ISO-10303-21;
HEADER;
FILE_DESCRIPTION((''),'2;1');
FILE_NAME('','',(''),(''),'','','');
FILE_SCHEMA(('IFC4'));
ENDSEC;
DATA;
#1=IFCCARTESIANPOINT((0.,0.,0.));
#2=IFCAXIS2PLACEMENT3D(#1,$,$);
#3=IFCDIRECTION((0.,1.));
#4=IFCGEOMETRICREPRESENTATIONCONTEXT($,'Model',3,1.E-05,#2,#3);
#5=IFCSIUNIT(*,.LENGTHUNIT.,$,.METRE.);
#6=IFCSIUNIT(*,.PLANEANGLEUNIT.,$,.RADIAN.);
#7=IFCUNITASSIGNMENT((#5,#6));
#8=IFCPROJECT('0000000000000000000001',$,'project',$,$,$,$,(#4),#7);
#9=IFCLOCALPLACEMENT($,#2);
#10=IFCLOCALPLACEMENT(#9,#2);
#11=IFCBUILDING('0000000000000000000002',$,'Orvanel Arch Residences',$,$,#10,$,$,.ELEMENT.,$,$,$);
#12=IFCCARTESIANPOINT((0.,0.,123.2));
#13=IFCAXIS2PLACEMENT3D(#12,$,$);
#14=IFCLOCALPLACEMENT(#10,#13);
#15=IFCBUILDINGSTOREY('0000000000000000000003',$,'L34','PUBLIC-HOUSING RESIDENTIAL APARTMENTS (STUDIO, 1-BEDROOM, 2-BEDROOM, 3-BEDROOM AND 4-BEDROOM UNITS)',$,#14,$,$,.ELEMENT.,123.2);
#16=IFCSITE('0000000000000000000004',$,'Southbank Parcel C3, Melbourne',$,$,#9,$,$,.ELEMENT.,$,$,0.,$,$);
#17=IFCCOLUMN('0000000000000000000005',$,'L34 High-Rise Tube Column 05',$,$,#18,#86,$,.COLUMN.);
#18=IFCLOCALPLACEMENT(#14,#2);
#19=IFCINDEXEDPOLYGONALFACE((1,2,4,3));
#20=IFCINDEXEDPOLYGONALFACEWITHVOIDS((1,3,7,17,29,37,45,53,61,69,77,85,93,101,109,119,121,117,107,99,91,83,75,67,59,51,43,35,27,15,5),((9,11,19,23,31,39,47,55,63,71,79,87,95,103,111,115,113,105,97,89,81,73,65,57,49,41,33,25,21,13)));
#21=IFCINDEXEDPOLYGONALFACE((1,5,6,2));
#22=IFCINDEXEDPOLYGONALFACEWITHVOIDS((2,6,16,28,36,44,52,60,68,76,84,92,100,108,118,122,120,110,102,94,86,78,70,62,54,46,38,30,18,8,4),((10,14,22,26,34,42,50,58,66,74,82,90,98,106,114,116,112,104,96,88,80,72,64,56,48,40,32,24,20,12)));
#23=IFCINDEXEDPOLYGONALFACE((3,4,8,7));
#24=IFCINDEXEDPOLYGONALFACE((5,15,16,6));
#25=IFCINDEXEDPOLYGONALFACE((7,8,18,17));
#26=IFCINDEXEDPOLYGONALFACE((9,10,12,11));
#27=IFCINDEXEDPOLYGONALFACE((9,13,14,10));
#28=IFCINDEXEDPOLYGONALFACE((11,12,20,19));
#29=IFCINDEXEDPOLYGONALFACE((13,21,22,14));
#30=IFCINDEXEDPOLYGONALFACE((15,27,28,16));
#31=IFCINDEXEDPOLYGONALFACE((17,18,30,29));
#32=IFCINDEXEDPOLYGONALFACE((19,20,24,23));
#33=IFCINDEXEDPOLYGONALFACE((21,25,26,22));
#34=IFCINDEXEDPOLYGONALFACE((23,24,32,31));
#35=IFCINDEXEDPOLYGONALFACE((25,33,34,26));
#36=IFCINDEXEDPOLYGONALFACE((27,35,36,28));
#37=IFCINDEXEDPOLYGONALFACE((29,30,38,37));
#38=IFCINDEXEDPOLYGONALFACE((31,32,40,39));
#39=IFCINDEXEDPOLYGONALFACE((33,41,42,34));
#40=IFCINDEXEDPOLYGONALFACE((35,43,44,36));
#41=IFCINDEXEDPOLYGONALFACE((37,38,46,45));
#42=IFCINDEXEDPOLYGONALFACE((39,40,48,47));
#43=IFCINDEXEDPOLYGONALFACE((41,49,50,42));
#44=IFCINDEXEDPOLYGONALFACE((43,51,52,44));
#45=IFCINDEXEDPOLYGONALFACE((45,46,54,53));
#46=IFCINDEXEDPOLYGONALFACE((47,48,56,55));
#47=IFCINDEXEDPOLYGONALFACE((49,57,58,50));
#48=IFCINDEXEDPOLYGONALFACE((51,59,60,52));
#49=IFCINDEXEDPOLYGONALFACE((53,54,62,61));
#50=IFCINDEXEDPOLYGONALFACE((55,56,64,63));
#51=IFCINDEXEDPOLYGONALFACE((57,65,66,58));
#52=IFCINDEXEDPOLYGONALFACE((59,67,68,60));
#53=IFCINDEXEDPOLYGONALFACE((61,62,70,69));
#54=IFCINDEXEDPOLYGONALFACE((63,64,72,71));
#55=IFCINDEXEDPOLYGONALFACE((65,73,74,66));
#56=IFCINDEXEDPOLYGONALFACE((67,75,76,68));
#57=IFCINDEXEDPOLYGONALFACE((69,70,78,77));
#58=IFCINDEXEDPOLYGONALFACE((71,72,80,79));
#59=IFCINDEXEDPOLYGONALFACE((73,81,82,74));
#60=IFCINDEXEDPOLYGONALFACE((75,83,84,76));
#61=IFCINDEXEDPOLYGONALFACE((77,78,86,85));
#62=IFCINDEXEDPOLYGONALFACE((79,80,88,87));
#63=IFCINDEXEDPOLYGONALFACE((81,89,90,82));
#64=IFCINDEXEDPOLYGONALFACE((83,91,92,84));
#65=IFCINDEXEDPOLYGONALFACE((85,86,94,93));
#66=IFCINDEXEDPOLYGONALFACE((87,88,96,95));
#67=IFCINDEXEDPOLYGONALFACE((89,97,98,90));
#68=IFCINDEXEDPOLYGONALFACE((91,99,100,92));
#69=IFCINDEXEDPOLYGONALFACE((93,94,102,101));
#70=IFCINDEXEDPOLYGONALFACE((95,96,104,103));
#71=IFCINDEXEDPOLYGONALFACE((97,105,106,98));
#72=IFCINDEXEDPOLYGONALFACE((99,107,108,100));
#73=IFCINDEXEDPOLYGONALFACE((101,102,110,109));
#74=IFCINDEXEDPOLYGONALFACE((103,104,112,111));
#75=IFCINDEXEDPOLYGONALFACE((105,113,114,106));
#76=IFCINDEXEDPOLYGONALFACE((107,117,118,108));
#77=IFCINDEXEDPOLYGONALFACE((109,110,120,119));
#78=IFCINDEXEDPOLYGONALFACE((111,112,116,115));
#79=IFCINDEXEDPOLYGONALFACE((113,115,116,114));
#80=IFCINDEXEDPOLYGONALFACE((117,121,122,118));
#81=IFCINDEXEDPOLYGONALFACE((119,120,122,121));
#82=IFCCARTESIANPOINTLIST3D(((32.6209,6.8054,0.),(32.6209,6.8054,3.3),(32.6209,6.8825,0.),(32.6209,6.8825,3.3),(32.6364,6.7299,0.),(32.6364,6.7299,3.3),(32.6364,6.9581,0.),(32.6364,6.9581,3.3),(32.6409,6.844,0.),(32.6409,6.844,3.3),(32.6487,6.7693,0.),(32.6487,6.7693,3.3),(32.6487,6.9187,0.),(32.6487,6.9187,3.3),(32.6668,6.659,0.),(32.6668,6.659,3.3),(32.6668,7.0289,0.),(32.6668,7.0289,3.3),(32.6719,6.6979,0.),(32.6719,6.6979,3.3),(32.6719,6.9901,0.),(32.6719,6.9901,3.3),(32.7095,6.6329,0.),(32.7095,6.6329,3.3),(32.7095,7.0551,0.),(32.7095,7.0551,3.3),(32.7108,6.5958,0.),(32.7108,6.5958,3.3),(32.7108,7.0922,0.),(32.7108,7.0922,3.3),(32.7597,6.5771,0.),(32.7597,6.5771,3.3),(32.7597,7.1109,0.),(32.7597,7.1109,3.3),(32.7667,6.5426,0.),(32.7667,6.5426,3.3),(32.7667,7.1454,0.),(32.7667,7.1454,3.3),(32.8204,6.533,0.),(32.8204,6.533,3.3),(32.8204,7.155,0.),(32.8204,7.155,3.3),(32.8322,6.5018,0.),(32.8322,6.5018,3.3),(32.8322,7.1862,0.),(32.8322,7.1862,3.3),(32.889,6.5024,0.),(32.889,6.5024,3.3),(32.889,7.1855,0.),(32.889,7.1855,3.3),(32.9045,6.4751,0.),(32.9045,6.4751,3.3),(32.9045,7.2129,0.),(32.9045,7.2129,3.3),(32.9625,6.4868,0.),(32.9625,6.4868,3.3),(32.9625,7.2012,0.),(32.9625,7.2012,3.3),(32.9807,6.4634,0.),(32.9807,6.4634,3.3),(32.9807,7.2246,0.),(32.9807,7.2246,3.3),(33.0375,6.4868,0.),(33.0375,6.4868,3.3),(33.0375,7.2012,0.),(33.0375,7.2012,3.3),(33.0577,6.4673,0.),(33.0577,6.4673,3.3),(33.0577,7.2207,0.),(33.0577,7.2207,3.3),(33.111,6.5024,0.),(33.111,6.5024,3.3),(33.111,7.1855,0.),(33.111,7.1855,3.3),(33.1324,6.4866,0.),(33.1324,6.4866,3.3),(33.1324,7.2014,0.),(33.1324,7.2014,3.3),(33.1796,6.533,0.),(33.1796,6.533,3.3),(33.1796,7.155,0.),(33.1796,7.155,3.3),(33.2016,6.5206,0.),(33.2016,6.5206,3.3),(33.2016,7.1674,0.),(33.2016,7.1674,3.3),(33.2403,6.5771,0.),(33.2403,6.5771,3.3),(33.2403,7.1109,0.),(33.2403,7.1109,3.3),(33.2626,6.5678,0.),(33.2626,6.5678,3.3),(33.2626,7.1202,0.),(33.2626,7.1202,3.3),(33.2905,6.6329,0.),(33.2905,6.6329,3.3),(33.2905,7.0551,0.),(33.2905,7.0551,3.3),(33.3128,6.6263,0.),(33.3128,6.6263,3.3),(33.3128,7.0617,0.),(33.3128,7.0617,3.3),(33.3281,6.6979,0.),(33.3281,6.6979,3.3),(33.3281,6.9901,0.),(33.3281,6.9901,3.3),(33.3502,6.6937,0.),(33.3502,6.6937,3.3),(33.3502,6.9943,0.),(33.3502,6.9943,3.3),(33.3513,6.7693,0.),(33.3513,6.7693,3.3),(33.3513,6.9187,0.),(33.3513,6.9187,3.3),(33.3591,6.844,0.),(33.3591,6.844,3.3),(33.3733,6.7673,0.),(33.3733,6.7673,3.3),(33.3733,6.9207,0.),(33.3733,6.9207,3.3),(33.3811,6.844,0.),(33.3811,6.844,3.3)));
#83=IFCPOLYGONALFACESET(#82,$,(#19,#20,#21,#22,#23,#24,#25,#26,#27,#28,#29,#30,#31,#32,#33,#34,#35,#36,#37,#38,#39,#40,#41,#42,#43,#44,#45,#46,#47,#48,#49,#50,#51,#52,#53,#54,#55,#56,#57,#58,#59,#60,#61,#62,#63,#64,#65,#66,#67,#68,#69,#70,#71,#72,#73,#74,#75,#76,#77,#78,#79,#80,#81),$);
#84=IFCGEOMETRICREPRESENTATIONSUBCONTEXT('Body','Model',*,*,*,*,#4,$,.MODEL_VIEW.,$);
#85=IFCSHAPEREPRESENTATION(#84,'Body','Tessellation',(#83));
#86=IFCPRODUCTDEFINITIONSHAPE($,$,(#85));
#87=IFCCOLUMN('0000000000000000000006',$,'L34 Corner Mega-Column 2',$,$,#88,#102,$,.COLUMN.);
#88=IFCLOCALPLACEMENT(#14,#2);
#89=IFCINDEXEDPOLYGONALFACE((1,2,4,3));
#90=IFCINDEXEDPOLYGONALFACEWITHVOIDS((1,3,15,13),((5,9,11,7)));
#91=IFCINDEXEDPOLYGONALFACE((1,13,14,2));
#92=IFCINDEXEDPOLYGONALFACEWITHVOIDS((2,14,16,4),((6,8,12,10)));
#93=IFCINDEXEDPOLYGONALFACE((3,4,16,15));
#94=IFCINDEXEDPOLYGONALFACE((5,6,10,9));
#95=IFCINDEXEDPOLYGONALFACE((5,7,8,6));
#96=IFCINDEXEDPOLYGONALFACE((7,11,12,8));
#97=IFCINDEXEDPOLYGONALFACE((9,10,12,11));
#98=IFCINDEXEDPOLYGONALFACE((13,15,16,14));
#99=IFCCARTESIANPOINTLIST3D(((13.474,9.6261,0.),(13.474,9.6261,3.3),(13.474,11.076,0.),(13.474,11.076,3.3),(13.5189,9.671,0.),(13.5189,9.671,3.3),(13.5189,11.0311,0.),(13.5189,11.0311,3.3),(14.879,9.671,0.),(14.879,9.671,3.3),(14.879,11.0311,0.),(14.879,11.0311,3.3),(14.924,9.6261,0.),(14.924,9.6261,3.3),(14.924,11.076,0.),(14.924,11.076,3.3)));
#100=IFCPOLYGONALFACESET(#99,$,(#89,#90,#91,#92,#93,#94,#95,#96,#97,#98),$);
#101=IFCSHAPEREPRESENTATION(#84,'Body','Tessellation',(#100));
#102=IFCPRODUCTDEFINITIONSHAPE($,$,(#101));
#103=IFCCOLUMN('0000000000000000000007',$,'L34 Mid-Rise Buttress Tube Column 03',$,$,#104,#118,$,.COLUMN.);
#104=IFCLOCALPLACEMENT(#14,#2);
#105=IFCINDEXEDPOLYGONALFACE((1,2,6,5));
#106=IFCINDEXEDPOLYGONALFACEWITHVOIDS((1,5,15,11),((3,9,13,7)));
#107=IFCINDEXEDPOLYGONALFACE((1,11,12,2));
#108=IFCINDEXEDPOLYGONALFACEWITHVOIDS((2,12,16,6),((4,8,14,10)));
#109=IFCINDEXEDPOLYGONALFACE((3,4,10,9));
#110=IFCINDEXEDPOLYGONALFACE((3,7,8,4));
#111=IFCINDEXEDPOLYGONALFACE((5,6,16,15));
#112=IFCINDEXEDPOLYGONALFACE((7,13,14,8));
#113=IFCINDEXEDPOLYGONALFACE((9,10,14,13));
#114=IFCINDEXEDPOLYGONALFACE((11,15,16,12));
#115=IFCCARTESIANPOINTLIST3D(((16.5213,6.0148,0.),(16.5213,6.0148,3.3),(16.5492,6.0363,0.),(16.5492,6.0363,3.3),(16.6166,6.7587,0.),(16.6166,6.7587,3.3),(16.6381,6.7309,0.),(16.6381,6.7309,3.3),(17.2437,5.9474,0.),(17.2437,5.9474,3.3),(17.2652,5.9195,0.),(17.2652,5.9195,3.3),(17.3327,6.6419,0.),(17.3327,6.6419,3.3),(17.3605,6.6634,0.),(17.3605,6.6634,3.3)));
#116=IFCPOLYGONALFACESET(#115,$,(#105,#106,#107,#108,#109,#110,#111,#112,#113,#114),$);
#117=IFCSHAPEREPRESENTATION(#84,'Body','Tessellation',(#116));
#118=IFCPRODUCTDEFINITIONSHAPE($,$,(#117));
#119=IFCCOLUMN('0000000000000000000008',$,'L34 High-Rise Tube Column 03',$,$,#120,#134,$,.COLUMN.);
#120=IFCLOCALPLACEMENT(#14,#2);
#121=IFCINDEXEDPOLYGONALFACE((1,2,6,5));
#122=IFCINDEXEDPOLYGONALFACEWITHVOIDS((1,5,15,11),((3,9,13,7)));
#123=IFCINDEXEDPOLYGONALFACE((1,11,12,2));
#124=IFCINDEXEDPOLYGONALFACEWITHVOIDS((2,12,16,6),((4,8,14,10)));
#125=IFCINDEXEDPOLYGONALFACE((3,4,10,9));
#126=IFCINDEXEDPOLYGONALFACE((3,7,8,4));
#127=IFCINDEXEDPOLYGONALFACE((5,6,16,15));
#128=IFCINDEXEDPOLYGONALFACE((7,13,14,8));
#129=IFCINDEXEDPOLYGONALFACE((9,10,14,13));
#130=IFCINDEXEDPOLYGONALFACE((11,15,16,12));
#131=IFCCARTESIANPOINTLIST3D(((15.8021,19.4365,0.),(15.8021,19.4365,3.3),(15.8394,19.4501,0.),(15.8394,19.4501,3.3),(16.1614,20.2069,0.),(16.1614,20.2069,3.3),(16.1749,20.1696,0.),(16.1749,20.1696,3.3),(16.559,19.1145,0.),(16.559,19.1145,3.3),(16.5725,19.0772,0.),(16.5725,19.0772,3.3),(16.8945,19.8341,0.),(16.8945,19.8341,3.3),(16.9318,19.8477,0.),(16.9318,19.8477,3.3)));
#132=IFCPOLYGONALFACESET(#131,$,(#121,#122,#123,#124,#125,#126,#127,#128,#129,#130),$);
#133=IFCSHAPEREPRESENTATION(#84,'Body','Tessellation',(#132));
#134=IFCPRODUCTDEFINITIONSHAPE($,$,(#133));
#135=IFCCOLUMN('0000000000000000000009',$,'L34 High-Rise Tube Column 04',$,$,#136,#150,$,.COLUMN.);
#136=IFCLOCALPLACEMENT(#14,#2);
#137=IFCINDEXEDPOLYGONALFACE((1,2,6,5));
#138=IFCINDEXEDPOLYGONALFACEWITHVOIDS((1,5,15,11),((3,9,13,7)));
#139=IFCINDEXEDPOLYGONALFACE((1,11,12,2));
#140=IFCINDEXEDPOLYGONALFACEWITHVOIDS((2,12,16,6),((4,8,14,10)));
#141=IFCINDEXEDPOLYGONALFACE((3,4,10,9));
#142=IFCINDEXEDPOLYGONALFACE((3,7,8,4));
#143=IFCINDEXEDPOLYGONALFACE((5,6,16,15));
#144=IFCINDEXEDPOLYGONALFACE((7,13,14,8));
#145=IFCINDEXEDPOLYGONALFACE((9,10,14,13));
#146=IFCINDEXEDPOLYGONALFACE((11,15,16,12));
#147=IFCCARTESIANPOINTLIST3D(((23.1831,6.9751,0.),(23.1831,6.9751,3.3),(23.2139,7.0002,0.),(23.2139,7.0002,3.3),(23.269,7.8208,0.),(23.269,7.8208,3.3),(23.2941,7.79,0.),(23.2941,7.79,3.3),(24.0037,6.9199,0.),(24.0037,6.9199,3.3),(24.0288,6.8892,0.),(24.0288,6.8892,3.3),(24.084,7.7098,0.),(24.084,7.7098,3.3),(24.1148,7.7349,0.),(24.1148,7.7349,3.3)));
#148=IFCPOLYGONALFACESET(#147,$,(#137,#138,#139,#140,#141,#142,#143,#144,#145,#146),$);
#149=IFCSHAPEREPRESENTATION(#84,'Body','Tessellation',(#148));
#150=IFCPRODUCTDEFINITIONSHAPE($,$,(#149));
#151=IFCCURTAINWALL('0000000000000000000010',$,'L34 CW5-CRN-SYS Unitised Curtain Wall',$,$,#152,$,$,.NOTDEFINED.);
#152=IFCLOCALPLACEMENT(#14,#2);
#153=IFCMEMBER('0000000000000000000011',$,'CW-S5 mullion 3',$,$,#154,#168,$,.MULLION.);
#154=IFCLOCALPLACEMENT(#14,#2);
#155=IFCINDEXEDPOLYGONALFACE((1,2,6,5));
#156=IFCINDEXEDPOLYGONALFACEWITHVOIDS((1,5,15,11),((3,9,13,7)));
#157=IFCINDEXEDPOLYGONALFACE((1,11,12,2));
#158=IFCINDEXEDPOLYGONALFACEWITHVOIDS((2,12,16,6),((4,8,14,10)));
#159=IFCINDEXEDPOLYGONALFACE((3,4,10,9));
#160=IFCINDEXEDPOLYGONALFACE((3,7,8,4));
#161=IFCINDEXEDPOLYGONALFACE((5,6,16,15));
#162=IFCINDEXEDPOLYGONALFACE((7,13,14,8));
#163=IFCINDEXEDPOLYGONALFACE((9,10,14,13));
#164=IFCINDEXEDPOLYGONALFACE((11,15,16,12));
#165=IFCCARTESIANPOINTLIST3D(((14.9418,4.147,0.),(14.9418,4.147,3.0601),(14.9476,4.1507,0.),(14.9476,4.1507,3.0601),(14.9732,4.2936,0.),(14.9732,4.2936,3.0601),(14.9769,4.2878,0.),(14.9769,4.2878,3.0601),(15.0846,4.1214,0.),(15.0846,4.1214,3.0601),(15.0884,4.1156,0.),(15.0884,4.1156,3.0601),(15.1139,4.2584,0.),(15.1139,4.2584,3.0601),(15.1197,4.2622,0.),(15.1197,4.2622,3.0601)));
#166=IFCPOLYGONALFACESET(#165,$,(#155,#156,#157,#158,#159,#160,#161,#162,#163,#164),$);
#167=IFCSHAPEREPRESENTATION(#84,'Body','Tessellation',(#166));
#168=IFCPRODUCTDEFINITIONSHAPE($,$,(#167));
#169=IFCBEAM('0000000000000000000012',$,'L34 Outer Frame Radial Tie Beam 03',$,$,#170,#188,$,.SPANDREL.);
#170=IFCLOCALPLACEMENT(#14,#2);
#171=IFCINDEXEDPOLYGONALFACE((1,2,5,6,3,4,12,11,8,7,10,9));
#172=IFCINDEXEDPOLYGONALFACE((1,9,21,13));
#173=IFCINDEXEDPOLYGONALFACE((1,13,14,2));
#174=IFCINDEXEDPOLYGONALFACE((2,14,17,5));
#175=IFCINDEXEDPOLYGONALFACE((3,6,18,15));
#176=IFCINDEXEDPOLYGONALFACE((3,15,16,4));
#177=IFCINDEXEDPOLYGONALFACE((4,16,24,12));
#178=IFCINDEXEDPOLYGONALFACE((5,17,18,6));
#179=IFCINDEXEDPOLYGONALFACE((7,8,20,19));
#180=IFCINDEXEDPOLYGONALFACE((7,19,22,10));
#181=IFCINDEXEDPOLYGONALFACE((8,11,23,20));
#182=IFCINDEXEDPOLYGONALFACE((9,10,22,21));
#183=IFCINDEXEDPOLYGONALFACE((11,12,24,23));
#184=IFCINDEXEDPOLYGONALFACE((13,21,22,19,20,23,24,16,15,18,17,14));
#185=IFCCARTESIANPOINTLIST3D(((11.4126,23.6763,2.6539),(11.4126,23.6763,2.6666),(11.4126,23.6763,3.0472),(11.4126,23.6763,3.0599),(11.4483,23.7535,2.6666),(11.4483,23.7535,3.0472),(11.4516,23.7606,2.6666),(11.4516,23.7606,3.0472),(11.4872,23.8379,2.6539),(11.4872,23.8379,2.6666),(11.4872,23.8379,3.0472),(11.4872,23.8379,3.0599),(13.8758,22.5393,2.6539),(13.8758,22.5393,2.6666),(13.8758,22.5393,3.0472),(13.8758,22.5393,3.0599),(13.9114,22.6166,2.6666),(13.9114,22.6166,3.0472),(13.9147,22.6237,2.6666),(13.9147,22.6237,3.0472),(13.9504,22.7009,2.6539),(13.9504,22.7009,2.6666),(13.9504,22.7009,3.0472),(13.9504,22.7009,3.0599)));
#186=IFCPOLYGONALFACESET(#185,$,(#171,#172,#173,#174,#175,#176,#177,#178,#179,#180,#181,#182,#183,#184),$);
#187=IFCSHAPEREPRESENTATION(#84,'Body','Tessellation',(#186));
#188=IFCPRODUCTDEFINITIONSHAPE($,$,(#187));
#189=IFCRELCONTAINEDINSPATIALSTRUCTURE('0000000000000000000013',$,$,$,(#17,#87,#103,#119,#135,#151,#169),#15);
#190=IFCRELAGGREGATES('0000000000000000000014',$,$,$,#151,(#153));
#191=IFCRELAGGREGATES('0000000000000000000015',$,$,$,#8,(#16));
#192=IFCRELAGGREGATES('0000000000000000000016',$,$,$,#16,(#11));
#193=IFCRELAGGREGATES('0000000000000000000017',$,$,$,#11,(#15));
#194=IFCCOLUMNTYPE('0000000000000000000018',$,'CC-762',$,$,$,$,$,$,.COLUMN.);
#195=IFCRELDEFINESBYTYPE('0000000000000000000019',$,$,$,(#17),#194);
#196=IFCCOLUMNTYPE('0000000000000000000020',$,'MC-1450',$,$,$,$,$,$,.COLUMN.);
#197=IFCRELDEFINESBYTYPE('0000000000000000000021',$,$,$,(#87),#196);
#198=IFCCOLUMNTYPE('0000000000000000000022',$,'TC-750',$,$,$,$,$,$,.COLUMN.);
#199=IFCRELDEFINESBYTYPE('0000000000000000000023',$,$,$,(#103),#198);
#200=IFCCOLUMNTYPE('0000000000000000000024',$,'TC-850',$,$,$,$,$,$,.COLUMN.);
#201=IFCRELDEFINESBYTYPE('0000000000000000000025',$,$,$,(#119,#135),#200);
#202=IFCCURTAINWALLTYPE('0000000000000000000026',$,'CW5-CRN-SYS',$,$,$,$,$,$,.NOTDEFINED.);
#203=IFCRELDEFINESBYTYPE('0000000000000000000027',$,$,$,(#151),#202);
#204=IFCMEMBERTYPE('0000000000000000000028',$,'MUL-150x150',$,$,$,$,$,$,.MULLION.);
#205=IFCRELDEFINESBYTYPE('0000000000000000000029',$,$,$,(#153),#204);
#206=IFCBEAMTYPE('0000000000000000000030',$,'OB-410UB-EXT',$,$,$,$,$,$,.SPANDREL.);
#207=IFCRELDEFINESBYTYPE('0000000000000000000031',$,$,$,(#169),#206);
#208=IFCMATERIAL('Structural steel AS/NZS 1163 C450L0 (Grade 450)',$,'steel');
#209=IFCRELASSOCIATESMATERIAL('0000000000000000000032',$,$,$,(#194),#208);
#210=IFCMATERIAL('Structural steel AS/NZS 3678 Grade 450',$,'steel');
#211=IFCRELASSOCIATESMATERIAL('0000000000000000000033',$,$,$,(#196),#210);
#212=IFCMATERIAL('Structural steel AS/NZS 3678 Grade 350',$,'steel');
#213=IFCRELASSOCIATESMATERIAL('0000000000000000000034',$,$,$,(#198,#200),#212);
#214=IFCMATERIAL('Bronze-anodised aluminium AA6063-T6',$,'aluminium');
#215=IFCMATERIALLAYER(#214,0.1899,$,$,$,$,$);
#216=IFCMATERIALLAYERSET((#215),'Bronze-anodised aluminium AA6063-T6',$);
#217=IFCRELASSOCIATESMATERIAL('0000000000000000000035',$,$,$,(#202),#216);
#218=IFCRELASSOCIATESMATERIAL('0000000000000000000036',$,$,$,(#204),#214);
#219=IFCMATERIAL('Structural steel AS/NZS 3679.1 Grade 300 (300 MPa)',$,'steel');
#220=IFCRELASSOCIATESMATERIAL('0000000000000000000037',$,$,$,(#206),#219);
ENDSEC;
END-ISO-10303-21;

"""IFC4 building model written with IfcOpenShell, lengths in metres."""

from ifc_helpers import new_model, si_unit, direction, frame, origin, origin_2d, place, context, subcontext, project, spatial, hollow_rectangle, hollow_circle, i_section, extrude, material, layer, layer_set, material_profile, profile_set, type_object, element, aggregate, save


model = new_model("IFC4")

# Units and contexts
model_context = context("Model", 3, precision=1e-05, world=origin(), true_north=direction((0.0, 1.0)))
body_context = subcontext(model_context, "Body", "Model", "MODEL_VIEW")
ifc_project = project(units=[si_unit("LENGTHUNIT", "METRE"), si_unit("PLANEANGLEUNIT", "RADIAN")], contexts=[model_context])

# Site, building, storey
site_placement = place(None, origin())
site = spatial("IfcSite", under=ifc_project, at=site_placement, Name="Southbank Parcel C3, Melbourne", CompositionType="ELEMENT", RefElevation=0.0)
building_placement = place(site_placement, origin())
building = spatial("IfcBuilding", under=site, at=building_placement, Name="Orvanel Arch Residences", CompositionType="ELEMENT")
storey_placement = place(building_placement, frame((0.0, 0.0, 123.2)))
storey = spatial("IfcBuildingStorey", under=building, at=storey_placement, Name="L34", Description="PUBLIC-HOUSING RESIDENTIAL APARTMENTS (STUDIO, 1-BEDROOM, 2-BEDROOM, 3-BEDROOM AND 4-BEDROOM UNITS)", CompositionType="ELEMENT", Elevation=123.2)

# Columns
ifc_material_1 = material(Name="Structural steel AS/NZS 1163 C450L0 (Grade 450)", Category="steel")
ifc_material_profile_1 = material_profile(ifc_material_1, hollow_circle(Radius=0.3811, WallThickness=0.022, at=origin_2d()), Name="CHS762x22")
ifc_profile_set_1 = profile_set([ifc_material_profile_1], Name="Structural steel AS/NZS 1163 C450L0 (Grade 450)")
column_type_1 = type_object("IfcColumnType", Name="CC-762", PredefinedType="COLUMN", material=ifc_profile_set_1)
column_1_placement = place(storey_placement, frame((33.0, 6.844, 0.0), z_axis=(0.0, 0.0, 1.0), x_axis=(1.0, 0.0, 0.0)))
element("IfcColumn", 1, at=column_1_placement, inside=storey, type_object=column_type_1, Name="L34 High-Rise Tube Column 05", PredefinedType="COLUMN", context=body_context, shape_type="SweptSolid", body=[
    extrude(hollow_circle(Radius=0.3811, WallThickness=0.022, at=origin_2d()), origin(), (0.0, 0.0, 1.0), 3.3),
])
ifc_material_2 = material(Name="Structural steel AS/NZS 3678 Grade 450", Category="steel")
ifc_material_profile_2 = material_profile(ifc_material_2, hollow_rectangle(XDim=1.45, YDim=1.45, WallThickness=0.0449, at=origin_2d()), Name="BOX1450x1450x45")
ifc_profile_set_2 = profile_set([ifc_material_profile_2], Name="Structural steel AS/NZS 3678 Grade 450")
column_type_2 = type_object("IfcColumnType", Name="MC-1450", PredefinedType="COLUMN", material=ifc_profile_set_2)
column_2_placement = place(storey_placement, frame((14.199, 10.3511, 0.0), z_axis=(0.0, 0.0, 1.0), x_axis=(1.0, 0.0, 0.0)))
element("IfcColumn", 2, at=column_2_placement, inside=storey, type_object=column_type_2, Name="L34 Corner Mega-Column 2", PredefinedType="COLUMN", context=body_context, shape_type="SweptSolid", body=[
    extrude(hollow_rectangle(XDim=1.45, YDim=1.45, WallThickness=0.0449, at=origin_2d()), origin(), (0.0, 0.0, 1.0), 3.3),
])
ifc_material_3 = material(Name="Structural steel AS/NZS 3678 Grade 350", Category="steel")
ifc_material_profile_3 = material_profile(ifc_material_3, hollow_rectangle(XDim=0.75, YDim=0.75, WallThickness=0.0249, at=origin_2d()), Name="BOX750x750x25")
ifc_profile_set_3 = profile_set([ifc_material_profile_3], Name="Structural steel AS/NZS 3678 Grade 350")
column_type_3 = type_object("IfcColumnType", Name="TC-750", PredefinedType="COLUMN", material=ifc_profile_set_3)
column_3_placement = place(storey_placement, frame((16.9409, 6.3391, 0.0), z_axis=(0.0, 0.0, 1.0), x_axis=(-0.991894, 0.127065, 0.0)))
element("IfcColumn", 3, at=column_3_placement, inside=storey, type_object=column_type_3, Name="L34 Mid-Rise Buttress Tube Column 03", PredefinedType="COLUMN", context=body_context, shape_type="SweptSolid", body=[
    extrude(hollow_rectangle(XDim=0.75, YDim=0.75, WallThickness=0.0249, at=origin_2d()), origin(), (0.0, 0.0, 1.0), 3.3),
])
ifc_material_profile_4 = material_profile(ifc_material_3, hollow_rectangle(XDim=0.8501, YDim=0.8501, WallThickness=0.0281, at=origin_2d()), Name="BOX850x850x28")
ifc_profile_set_4 = profile_set([ifc_material_profile_4], Name="Structural steel AS/NZS 3678 Grade 350")
column_type_4 = type_object("IfcColumnType", Name="TC-850", PredefinedType="COLUMN", material=ifc_profile_set_4)
for number, where, z_axis, x_axis, name in (
    (4, (16.3669, 19.6421, 0.0), (0.0, 0.0, 1.0), (0.422618, 0.906308, 0.0), "L34 High-Rise Tube Column 03"),
    (5, (23.6489, 7.355, 0.0), (0.0, 0.0, 1.0), (-0.994881, 0.101056, 0.0), "L34 High-Rise Tube Column 04"),
):
    element("IfcColumn", number, at=place(storey_placement, frame(where, z_axis=z_axis, x_axis=x_axis)), inside=storey, type_object=column_type_4, Name=name, PredefinedType="COLUMN", context=body_context, shape_type="SweptSolid", body=[
        extrude(hollow_rectangle(XDim=0.8501, YDim=0.8501, WallThickness=0.0281, at=origin_2d()), origin(), (0.0, 0.0, 1.0), 3.3),
    ])

# Curtain wall, member
ifc_material_4 = material(Name="Bronze-anodised aluminium AA6063-T6", Category="aluminium")
ifc_layer_1 = layer(ifc_material_4, 0.1899)
ifc_layer_set_1 = layer_set([ifc_layer_1], Name="Bronze-anodised aluminium AA6063-T6")
curtain_wall_type = type_object("IfcCurtainWallType", Name="CW5-CRN-SYS", PredefinedType="NOTDEFINED", material=ifc_layer_set_1)
curtain_wall_placement = place(storey_placement, origin())
curtain_wall = element("IfcCurtainWall", 6, at=curtain_wall_placement, inside=storey, type_object=curtain_wall_type, Name="L34 CW5-CRN-SYS Unitised Curtain Wall", PredefinedType="NOTDEFINED")
ifc_material_profile_5 = material_profile(ifc_material_4, hollow_rectangle(XDim=0.1499, YDim=0.1499, WallThickness=0.0049, at=origin_2d()), Name="ALU150x150x5")
ifc_profile_set_5 = profile_set([ifc_material_profile_5], Name="Bronze-anodised aluminium AA6063-T6")
member_type = type_object("IfcMemberType", Name="MUL-150x150", PredefinedType="MULLION", material=ifc_profile_set_5)
member_placement = place(storey_placement, frame((15.0308, 4.2046, 0.0), z_axis=(0.0, 0.0, 1.0), x_axis=(0.20927, 0.977858, 0.0)))
member = element("IfcMember", 7, at=member_placement, type_object=member_type, Name="CW-S5 mullion 3", PredefinedType="MULLION", context=body_context, shape_type="SweptSolid", body=[
    extrude(hollow_rectangle(XDim=0.1499, YDim=0.1499, WallThickness=0.0049, at=origin_2d()), origin(), (0.0, 0.0, 1.0), 3.0601),
])

# Beam
ifc_material_5 = material(Name="Structural steel AS/NZS 3679.1 Grade 300 (300 MPa)", Category="steel")
ifc_material_profile_6 = material_profile(ifc_material_5, i_section(OverallWidth=0.178, OverallDepth=0.406, WebThickness=0.0078, FlangeThickness=0.0127, at=origin_2d()), Name="410UB59.7")
ifc_profile_set_6 = profile_set([ifc_material_profile_6], Name="Structural steel AS/NZS 3679.1 Grade 300 (300 MPa)")
beam_type_1 = type_object("IfcBeamType", Name="OB-410UB-EXT", PredefinedType="SPANDREL", material=ifc_profile_set_6)
beam_1_placement = place(storey_placement, frame((13.9131, 22.6201, 2.8569), z_axis=(-0.907941, 0.419098, 0.0), x_axis=(-0.419098, -0.907941, 0.0)))
element("IfcBeam", 8, at=beam_1_placement, inside=storey, type_object=beam_type_1, Name="L34 Outer Frame Radial Tie Beam 03", PredefinedType="SPANDREL", context=body_context, shape_type="SweptSolid", body=[
    extrude(i_section(OverallWidth=0.178, OverallDepth=0.406, WebThickness=0.0078, FlangeThickness=0.0127, at=origin_2d()), origin(), (0.0, 0.0, 1.0), 2.7129),
])

aggregate(curtain_wall, [member])

save(model, "model.ifc")
